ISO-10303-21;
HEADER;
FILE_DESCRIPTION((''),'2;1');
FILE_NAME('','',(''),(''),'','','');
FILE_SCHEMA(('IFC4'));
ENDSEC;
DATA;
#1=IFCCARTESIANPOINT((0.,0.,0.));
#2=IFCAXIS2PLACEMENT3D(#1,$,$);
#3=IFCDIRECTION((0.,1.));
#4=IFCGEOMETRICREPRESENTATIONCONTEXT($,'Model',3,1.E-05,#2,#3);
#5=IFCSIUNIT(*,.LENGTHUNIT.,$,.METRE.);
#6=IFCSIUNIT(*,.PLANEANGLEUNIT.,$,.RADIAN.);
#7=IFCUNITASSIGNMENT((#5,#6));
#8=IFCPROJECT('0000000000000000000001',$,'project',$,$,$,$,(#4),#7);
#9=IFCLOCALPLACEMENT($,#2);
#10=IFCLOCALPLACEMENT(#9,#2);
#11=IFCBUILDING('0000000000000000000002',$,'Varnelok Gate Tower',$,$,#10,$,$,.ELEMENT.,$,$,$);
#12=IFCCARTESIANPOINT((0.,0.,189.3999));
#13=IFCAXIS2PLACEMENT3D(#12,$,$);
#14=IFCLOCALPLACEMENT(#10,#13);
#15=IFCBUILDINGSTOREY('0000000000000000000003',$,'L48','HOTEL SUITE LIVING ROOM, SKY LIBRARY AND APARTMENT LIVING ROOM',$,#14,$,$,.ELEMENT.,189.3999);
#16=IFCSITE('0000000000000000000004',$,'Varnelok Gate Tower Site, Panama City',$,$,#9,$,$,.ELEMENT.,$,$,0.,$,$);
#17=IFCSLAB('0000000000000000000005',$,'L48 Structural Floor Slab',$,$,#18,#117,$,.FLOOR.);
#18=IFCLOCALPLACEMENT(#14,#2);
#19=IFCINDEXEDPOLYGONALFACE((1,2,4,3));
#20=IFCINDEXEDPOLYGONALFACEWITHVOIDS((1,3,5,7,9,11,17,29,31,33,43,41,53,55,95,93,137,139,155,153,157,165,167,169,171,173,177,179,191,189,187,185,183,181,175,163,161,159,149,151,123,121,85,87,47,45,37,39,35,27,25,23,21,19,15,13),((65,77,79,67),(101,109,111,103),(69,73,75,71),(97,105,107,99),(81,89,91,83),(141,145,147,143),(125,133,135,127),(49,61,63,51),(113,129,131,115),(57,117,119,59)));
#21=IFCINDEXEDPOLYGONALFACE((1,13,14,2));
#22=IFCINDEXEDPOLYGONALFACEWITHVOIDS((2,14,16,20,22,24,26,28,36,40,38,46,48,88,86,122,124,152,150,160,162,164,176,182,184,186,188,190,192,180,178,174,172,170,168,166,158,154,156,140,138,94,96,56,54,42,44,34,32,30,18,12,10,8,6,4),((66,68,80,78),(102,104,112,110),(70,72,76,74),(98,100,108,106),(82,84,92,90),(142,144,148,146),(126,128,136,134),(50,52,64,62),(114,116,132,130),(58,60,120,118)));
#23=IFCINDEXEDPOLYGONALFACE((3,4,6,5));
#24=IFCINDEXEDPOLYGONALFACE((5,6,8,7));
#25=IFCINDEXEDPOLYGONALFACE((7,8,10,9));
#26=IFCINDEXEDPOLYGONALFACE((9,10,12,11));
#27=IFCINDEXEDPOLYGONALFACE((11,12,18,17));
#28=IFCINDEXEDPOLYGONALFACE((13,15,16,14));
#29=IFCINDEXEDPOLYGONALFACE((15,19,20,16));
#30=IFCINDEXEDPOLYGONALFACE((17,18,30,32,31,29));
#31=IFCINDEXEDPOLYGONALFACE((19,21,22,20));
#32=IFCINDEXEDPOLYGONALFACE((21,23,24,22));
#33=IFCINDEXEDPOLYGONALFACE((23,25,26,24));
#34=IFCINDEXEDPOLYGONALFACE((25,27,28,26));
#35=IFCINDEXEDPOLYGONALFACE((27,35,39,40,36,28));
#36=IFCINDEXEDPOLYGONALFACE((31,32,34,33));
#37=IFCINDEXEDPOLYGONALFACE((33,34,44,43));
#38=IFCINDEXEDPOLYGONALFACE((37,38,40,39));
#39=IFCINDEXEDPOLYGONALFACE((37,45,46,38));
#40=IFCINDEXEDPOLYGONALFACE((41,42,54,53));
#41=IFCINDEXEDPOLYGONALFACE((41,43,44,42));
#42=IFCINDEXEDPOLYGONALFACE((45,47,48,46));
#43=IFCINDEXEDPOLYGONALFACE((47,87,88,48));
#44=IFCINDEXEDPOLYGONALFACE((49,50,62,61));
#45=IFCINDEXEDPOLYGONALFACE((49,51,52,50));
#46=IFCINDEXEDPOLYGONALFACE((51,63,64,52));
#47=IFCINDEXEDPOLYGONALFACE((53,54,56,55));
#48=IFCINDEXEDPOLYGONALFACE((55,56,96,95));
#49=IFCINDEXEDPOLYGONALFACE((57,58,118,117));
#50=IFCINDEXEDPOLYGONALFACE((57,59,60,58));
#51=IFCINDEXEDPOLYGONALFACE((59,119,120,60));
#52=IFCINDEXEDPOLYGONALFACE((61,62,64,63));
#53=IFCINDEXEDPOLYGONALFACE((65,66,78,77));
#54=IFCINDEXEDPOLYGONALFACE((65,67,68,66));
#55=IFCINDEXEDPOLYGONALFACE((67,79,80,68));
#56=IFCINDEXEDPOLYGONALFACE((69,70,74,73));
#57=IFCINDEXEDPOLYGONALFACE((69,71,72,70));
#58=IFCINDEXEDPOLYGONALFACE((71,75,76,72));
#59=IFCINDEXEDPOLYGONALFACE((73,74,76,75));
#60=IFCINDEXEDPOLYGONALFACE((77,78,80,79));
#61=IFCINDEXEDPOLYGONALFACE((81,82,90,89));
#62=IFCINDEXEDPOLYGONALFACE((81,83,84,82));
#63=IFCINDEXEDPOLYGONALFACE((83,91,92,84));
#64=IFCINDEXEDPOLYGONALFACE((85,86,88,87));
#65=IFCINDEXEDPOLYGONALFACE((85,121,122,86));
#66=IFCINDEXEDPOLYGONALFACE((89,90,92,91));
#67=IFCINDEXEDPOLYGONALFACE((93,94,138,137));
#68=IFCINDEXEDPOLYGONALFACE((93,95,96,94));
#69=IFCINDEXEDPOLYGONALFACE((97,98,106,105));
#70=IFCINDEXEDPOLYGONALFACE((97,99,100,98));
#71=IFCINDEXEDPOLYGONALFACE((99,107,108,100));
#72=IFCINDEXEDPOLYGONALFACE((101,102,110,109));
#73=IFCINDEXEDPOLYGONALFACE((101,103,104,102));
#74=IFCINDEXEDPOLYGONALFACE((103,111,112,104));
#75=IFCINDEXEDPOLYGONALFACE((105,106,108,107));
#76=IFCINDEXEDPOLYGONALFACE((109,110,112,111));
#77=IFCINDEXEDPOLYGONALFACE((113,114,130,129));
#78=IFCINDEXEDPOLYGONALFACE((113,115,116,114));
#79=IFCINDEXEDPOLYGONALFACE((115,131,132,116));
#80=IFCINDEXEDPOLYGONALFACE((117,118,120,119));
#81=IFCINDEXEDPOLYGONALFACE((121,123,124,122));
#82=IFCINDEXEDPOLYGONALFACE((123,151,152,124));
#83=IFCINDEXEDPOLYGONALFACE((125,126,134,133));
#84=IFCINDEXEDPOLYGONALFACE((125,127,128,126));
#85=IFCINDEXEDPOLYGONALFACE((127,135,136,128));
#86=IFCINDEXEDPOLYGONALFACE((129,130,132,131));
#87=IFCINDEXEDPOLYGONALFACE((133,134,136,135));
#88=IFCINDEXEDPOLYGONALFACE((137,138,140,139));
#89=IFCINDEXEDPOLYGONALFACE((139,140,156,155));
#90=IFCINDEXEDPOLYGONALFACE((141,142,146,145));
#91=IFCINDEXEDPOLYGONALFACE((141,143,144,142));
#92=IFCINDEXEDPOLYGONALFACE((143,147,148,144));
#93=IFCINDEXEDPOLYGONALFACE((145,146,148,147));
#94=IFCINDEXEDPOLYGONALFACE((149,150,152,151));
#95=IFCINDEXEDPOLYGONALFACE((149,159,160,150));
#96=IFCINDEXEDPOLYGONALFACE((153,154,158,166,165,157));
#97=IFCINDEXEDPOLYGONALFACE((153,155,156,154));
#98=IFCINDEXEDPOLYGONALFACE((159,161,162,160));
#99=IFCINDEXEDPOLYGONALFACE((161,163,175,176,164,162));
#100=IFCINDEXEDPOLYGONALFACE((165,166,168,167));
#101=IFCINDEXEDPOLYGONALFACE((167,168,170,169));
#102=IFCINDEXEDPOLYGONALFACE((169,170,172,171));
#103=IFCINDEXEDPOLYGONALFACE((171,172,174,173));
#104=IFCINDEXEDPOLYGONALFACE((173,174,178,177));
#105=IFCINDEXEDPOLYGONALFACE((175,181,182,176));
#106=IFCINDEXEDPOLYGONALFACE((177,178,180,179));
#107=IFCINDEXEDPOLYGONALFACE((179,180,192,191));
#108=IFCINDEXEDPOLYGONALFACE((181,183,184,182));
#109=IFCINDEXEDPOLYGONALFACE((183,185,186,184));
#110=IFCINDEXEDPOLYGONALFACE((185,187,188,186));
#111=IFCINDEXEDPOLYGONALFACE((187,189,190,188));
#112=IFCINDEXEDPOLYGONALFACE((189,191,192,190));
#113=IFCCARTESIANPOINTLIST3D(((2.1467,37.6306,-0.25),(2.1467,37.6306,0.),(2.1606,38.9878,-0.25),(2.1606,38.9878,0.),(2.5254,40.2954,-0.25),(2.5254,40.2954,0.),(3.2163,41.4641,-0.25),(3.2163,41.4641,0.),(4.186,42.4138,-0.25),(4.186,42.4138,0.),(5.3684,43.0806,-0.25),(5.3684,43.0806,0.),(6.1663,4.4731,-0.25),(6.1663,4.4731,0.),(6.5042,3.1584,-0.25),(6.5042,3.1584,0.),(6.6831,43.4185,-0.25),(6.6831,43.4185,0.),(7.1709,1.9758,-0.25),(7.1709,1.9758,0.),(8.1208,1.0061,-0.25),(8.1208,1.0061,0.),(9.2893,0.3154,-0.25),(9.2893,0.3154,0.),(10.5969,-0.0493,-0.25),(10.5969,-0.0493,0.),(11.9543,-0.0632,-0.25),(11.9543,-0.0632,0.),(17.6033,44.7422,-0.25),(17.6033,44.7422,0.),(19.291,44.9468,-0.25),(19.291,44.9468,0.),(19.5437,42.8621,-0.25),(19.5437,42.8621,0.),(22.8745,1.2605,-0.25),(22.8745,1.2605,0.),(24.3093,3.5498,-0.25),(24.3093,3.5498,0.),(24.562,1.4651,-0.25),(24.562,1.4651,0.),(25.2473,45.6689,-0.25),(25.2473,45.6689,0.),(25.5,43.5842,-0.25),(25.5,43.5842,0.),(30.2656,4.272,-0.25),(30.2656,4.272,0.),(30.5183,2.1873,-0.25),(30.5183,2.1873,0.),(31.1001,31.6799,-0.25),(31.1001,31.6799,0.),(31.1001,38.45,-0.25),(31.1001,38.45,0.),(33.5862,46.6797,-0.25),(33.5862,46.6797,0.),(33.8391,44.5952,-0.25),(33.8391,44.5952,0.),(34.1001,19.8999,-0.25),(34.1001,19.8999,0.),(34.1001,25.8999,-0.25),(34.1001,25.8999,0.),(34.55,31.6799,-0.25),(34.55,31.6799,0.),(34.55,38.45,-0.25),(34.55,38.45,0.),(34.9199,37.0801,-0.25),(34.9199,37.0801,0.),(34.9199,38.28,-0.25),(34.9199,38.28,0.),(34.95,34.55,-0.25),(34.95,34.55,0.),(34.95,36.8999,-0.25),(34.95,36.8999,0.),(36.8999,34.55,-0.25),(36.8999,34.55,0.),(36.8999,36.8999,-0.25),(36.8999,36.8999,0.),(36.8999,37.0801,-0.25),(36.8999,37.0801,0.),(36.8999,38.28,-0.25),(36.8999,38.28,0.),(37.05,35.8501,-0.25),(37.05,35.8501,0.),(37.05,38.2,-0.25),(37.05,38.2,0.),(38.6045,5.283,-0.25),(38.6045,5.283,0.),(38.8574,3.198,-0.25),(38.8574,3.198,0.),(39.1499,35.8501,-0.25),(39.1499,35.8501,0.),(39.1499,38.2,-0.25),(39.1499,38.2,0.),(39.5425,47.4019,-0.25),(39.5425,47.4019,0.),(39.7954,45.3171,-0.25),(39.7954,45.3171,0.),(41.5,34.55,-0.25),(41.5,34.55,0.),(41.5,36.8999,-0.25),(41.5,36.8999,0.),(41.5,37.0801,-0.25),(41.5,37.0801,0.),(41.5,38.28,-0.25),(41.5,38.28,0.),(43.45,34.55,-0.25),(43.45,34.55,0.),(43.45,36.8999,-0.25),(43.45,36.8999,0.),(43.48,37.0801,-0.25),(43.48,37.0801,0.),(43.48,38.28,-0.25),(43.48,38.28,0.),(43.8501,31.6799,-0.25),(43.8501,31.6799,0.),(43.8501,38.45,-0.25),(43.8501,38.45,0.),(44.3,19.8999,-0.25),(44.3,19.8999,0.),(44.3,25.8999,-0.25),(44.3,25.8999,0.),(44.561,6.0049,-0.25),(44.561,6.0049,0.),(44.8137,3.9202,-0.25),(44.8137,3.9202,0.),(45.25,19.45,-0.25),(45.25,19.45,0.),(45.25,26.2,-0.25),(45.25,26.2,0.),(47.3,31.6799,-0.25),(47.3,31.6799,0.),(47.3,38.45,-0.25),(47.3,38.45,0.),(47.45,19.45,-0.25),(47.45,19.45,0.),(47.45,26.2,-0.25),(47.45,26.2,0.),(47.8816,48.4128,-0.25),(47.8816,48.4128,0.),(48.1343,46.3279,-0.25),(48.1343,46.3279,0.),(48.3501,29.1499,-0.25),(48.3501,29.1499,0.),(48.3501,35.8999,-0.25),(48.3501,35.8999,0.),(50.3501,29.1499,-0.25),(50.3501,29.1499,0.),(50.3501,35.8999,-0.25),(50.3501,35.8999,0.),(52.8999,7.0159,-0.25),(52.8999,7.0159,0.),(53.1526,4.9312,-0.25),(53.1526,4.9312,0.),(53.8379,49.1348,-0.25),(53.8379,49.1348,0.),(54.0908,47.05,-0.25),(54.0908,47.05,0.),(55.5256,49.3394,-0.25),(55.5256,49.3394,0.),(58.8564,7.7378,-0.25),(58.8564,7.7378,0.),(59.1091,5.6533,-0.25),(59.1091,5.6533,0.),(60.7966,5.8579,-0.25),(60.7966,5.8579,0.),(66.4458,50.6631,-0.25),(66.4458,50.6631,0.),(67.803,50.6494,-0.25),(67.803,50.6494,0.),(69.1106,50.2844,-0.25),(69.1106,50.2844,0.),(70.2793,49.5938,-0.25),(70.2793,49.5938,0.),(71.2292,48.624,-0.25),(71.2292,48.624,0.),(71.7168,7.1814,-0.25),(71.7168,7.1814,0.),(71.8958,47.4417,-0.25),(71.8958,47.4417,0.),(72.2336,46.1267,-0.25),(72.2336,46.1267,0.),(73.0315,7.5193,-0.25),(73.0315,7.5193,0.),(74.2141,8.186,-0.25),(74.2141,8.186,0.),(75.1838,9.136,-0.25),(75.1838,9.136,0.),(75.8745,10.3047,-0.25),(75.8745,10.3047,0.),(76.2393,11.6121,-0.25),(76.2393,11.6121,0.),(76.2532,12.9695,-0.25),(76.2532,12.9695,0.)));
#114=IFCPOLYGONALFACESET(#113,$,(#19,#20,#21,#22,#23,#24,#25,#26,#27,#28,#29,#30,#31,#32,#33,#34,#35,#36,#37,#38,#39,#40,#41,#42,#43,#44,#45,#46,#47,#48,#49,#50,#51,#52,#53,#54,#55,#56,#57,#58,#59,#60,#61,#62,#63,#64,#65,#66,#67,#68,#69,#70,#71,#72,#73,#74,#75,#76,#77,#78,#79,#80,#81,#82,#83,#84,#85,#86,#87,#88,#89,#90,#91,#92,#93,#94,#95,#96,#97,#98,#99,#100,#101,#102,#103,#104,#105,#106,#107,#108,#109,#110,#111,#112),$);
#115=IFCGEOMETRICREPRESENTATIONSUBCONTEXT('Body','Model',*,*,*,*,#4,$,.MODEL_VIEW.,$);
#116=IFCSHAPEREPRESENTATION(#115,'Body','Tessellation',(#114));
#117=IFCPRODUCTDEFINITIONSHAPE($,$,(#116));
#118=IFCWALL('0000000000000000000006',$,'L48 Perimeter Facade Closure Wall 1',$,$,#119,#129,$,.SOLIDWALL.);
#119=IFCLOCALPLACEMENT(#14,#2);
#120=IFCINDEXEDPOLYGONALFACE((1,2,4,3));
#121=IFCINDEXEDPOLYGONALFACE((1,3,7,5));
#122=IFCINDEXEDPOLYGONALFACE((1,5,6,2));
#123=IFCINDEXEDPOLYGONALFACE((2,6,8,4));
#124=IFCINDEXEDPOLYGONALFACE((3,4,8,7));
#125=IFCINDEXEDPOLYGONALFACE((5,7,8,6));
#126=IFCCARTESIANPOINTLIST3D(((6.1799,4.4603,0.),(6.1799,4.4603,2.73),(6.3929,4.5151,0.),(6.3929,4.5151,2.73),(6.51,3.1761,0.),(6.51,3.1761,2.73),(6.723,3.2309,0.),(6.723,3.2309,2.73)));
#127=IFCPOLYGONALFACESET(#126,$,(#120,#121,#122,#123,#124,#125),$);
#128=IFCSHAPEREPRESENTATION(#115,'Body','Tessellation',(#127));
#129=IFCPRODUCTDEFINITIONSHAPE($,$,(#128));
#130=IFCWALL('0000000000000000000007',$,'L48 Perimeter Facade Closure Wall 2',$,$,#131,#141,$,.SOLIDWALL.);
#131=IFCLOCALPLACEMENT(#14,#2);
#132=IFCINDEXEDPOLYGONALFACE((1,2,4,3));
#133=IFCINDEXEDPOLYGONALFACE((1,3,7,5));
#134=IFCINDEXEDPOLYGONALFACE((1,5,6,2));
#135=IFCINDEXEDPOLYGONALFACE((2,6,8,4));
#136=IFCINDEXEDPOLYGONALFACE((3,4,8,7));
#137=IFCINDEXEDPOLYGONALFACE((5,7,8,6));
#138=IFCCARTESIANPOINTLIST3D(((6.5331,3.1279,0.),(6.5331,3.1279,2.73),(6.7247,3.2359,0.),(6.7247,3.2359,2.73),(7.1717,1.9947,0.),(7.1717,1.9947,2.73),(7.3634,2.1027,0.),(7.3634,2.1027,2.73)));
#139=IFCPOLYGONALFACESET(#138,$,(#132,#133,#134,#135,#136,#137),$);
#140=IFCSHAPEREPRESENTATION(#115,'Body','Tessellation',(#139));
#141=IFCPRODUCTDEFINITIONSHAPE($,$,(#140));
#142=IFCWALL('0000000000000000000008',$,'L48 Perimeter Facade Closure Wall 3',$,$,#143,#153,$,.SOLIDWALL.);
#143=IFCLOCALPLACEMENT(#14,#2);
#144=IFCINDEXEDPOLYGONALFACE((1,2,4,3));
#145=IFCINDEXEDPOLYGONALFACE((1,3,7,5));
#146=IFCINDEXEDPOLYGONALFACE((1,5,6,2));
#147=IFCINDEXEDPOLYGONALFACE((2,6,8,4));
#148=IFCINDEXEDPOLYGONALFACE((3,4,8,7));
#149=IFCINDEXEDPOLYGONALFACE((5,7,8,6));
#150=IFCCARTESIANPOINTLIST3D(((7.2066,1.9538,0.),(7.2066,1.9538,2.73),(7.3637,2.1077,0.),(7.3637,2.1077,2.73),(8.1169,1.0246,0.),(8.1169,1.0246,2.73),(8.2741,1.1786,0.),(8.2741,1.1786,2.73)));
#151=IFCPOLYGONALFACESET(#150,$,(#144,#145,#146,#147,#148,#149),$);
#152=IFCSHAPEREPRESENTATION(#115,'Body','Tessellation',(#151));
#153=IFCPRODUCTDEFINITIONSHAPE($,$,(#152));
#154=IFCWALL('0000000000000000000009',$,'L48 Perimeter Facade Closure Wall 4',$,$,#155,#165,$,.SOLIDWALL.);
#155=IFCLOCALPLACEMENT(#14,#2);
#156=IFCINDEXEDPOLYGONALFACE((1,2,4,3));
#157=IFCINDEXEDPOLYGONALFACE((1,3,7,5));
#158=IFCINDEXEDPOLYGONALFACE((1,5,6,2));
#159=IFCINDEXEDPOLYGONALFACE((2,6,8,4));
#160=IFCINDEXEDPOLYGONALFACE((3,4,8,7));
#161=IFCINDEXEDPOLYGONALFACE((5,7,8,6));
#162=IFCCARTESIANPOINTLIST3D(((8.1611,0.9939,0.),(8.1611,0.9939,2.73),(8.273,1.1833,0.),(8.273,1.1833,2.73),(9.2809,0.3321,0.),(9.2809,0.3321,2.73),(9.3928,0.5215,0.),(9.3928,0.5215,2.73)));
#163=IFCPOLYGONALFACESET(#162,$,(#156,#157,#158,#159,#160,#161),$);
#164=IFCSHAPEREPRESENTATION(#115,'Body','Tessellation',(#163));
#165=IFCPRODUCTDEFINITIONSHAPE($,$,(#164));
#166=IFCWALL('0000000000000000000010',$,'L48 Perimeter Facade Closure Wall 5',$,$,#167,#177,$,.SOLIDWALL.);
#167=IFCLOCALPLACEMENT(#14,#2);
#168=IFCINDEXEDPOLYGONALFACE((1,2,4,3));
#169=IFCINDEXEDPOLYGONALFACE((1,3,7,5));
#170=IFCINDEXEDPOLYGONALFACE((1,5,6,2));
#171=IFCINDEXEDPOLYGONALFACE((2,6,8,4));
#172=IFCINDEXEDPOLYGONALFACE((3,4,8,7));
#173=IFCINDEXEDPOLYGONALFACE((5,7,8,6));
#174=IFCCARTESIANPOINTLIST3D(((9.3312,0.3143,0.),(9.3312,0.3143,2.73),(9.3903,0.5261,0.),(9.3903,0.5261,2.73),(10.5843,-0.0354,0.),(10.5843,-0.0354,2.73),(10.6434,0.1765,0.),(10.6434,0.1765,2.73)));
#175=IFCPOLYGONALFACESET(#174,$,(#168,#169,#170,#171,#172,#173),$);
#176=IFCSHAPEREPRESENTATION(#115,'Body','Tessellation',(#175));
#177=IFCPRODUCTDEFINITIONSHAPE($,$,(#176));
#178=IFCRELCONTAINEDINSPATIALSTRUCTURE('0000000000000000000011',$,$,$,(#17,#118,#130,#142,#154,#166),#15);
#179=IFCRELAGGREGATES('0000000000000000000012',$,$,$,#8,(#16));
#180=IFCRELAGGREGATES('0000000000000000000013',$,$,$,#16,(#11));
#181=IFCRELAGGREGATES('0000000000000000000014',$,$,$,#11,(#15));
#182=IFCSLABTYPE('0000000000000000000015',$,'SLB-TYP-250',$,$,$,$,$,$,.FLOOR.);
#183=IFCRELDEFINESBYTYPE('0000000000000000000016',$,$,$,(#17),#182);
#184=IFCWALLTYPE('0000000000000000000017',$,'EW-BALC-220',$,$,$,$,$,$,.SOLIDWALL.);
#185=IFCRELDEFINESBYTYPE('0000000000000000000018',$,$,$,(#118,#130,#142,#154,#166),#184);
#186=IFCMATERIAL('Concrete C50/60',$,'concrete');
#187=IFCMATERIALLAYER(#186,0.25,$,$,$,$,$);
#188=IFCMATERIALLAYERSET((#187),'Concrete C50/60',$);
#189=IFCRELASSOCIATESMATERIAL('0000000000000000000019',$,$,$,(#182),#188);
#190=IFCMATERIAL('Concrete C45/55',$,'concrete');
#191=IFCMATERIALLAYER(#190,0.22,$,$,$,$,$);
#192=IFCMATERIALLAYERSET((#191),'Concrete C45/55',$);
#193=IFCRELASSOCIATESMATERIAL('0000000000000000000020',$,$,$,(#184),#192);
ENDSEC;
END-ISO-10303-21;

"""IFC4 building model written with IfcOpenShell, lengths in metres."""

from ifc_helpers import new_model, si_unit, direction, frame, frame_2d, origin, place, context, subcontext, project, spatial, polyline, rectangle, outline, extrude, material, layer, layer_set, type_object, element, save


model = new_model("IFC4")

# Units and contexts
model_context = context("Model", 3, precision=1e-05, world=origin(), true_north=direction((0.0, 1.0)))
body_context = subcontext(model_context, "Body", "Model", "MODEL_VIEW")
ifc_project = project(units=[si_unit("LENGTHUNIT", "METRE"), si_unit("PLANEANGLEUNIT", "RADIAN")], contexts=[model_context])

# Site, building, storey
site_placement = place(None, origin())
site = spatial("IfcSite", under=ifc_project, at=site_placement, Name="Varnelok Gate Tower Site, Panama City", CompositionType="ELEMENT", RefElevation=0.0)
building_placement = place(site_placement, origin())
building = spatial("IfcBuilding", under=site, at=building_placement, Name="Varnelok Gate Tower", CompositionType="ELEMENT")
storey_placement = place(building_placement, frame((0.0, 0.0, 189.3999)))
storey = spatial("IfcBuildingStorey", under=building, at=storey_placement, Name="L48", Description="HOTEL SUITE LIVING ROOM, SKY LIBRARY AND APARTMENT LIVING ROOM", CompositionType="ELEMENT", Elevation=189.3999)

# Shared definitions
ifc_material_1 = material(Name="Concrete C45/55", Category="concrete")

# Shared definitions
ifc_material_2 = material(Name="Concrete C50/60", Category="concrete")

# Slab
ifc_layer_1 = layer(ifc_material_2, 0.25)
ifc_layer_set_1 = layer_set([ifc_layer_1], Name="Concrete C50/60")
slab_type_1 = type_object("IfcSlabType", Name="SLB-TYP-250", PredefinedType="FLOOR", material=ifc_layer_set_1)
slab_1_placement = place(storey_placement, frame((0.0, 0.0, -0.25)))
element("IfcSlab", 1, at=slab_1_placement, inside=storey, type_object=slab_type_1, Name="L48 Structural Floor Slab", PredefinedType="FLOOR", context=body_context, shape_type="SweptSolid", body=[
    extrude(outline(polyline([(6.1663, 4.4731), (6.5042, 3.1584), (7.1709, 1.9758), (8.1208, 1.0061), (9.2893, 0.3154), (10.5969, -0.0493), (11.9543, -0.0632), (22.8745, 1.2605), (24.562, 1.4651), (24.3093, 3.5498), (30.2656, 4.272), (30.5183, 2.1873), (38.8574, 3.198), (38.6045, 5.283), (44.561, 6.0049), (44.8137, 3.9202), (53.1526, 4.9312), (52.8999, 7.0159), (58.8564, 7.7378), (59.1091, 5.6533), (60.7966, 5.8579), (71.7168, 7.1814), (73.0315, 7.5193), (74.2141, 8.186), (75.1838, 9.136), (75.8745, 10.3047), (76.2393, 11.6121), (76.2532, 12.9695), (72.2336, 46.1267), (71.8958, 47.4417), (71.2292, 48.624), (70.2793, 49.5938), (69.1106, 50.2844), (67.803, 50.6494), (66.4458, 50.6631), (55.5256, 49.3394), (53.8379, 49.1348), (54.0908, 47.05), (48.1343, 46.3279), (47.8816, 48.4128), (39.5425, 47.4019), (39.7954, 45.3171), (33.8391, 44.5952), (33.5862, 46.6797), (25.2473, 45.6689), (25.5, 43.5842), (19.5437, 42.8621), (19.291, 44.9468), (17.6033, 44.7422), (6.6831, 43.4185), (5.3684, 43.0806), (4.186, 42.4138), (3.2163, 41.4641), (2.5254, 40.2954), (2.1606, 38.9878), (2.1467, 37.6306), (6.1663, 4.4731)]), holes=[polyline([(34.55, 31.6799), (34.55, 38.45), (31.1001, 38.45), (31.1001, 31.6799), (34.55, 31.6799)]), polyline([(47.3, 31.6799), (47.3, 38.45), (43.8501, 38.45), (43.8501, 31.6799), (47.3, 31.6799)]), polyline([(34.95, 34.55), (36.8999, 34.55), (36.8999, 36.8999), (34.95, 36.8999), (34.95, 34.55)]), polyline([(41.5, 34.55), (43.45, 34.55), (43.45, 36.8999), (41.5, 36.8999), (41.5, 34.55)]), polyline([(37.05, 35.8501), (39.1499, 35.8501), (39.1499, 38.2), (37.05, 38.2), (37.05, 35.8501)]), polyline([(48.3501, 29.1499), (50.3501, 29.1499), (50.3501, 35.8999), (48.3501, 35.8999), (48.3501, 29.1499)]), polyline([(45.25, 19.45), (47.45, 19.45), (47.45, 26.2), (45.25, 26.2), (45.25, 19.45)]), polyline([(34.9199, 37.0801), (36.8999, 37.0801), (36.8999, 38.28), (34.9199, 38.28), (34.9199, 37.0801)]), polyline([(41.5, 37.0801), (43.48, 37.0801), (43.48, 38.28), (41.5, 38.28), (41.5, 37.0801)]), polyline([(34.1001, 19.8999), (44.3, 19.8999), (44.3, 25.8999), (34.1001, 25.8999), (34.1001, 19.8999)])]), origin(), (0.0, 0.0, 1.0), 0.25),
])

# Walls
ifc_layer_2 = layer(ifc_material_1, 0.22)
ifc_layer_set_2 = layer_set([ifc_layer_2], Name="Concrete C45/55")
wall_type_1 = type_object("IfcWallType", Name="EW-BALC-220", PredefinedType="SOLIDWALL", material=ifc_layer_set_2)
wall_1_placement = place(storey_placement, frame((6.2864, 4.4878, 0.0), z_axis=(0.0, 0.0, 1.0), x_axis=(0.248942, -0.968518, 0.0)))
element("IfcWall", 2, at=wall_1_placement, inside=storey, type_object=wall_type_1, Name="L48 Perimeter Facade Closure Wall 1", PredefinedType="SOLIDWALL", context=body_context, shape_type="SweptSolid", body=[
    extrude(rectangle(XDim=1.3259, YDim=0.22, at=frame_2d((0.6631, 0.0))), origin(), (0.0, 0.0, 1.0), 2.73),
])
for number, where, z_axis, x_axis, name in (
    (3, (6.6289, 3.1819, 0.0), (0.0, 0.0, 1.0), (0.490956, -0.871184, 0.0), "L48 Perimeter Facade Closure Wall 2"),
    (4, (7.2852, 2.0308, 0.0), (0.0, 0.0, 1.0), (0.699844, -0.714295, 0.0), "L48 Perimeter Facade Closure Wall 3"),
    (5, (8.217, 1.0886, 0.0), (0.0, 0.0, 1.0), (0.860885, -0.508799, 0.0), "L48 Perimeter Facade Closure Wall 4"),
):
    element("IfcWall", number, at=place(storey_placement, frame(where, z_axis=z_axis, x_axis=x_axis)), inside=storey, type_object=wall_type_1, Name=name, PredefinedType="SOLIDWALL", context=body_context, shape_type="SweptSolid", body=[
        extrude(rectangle(XDim=1.3008, YDim=0.22, at=frame_2d((0.6504, 0.0))), origin(), (0.0, 0.0, 1.0), 2.73),
    ])
wall_2_placement = place(storey_placement, frame((9.3608, 0.4202, 0.0), z_axis=(0.0, 0.0, 1.0), x_axis=(0.963219, -0.268718, 0.0)))
element("IfcWall", 6, at=wall_2_placement, inside=storey, type_object=wall_type_1, Name="L48 Perimeter Facade Closure Wall 5", PredefinedType="SOLIDWALL", context=body_context, shape_type="SweptSolid", body=[
    extrude(rectangle(XDim=1.301, YDim=0.22, at=frame_2d((0.6504, 0.0))), origin(), (0.0, 0.0, 1.0), 2.73),
])

save(model, "model.ifc")
